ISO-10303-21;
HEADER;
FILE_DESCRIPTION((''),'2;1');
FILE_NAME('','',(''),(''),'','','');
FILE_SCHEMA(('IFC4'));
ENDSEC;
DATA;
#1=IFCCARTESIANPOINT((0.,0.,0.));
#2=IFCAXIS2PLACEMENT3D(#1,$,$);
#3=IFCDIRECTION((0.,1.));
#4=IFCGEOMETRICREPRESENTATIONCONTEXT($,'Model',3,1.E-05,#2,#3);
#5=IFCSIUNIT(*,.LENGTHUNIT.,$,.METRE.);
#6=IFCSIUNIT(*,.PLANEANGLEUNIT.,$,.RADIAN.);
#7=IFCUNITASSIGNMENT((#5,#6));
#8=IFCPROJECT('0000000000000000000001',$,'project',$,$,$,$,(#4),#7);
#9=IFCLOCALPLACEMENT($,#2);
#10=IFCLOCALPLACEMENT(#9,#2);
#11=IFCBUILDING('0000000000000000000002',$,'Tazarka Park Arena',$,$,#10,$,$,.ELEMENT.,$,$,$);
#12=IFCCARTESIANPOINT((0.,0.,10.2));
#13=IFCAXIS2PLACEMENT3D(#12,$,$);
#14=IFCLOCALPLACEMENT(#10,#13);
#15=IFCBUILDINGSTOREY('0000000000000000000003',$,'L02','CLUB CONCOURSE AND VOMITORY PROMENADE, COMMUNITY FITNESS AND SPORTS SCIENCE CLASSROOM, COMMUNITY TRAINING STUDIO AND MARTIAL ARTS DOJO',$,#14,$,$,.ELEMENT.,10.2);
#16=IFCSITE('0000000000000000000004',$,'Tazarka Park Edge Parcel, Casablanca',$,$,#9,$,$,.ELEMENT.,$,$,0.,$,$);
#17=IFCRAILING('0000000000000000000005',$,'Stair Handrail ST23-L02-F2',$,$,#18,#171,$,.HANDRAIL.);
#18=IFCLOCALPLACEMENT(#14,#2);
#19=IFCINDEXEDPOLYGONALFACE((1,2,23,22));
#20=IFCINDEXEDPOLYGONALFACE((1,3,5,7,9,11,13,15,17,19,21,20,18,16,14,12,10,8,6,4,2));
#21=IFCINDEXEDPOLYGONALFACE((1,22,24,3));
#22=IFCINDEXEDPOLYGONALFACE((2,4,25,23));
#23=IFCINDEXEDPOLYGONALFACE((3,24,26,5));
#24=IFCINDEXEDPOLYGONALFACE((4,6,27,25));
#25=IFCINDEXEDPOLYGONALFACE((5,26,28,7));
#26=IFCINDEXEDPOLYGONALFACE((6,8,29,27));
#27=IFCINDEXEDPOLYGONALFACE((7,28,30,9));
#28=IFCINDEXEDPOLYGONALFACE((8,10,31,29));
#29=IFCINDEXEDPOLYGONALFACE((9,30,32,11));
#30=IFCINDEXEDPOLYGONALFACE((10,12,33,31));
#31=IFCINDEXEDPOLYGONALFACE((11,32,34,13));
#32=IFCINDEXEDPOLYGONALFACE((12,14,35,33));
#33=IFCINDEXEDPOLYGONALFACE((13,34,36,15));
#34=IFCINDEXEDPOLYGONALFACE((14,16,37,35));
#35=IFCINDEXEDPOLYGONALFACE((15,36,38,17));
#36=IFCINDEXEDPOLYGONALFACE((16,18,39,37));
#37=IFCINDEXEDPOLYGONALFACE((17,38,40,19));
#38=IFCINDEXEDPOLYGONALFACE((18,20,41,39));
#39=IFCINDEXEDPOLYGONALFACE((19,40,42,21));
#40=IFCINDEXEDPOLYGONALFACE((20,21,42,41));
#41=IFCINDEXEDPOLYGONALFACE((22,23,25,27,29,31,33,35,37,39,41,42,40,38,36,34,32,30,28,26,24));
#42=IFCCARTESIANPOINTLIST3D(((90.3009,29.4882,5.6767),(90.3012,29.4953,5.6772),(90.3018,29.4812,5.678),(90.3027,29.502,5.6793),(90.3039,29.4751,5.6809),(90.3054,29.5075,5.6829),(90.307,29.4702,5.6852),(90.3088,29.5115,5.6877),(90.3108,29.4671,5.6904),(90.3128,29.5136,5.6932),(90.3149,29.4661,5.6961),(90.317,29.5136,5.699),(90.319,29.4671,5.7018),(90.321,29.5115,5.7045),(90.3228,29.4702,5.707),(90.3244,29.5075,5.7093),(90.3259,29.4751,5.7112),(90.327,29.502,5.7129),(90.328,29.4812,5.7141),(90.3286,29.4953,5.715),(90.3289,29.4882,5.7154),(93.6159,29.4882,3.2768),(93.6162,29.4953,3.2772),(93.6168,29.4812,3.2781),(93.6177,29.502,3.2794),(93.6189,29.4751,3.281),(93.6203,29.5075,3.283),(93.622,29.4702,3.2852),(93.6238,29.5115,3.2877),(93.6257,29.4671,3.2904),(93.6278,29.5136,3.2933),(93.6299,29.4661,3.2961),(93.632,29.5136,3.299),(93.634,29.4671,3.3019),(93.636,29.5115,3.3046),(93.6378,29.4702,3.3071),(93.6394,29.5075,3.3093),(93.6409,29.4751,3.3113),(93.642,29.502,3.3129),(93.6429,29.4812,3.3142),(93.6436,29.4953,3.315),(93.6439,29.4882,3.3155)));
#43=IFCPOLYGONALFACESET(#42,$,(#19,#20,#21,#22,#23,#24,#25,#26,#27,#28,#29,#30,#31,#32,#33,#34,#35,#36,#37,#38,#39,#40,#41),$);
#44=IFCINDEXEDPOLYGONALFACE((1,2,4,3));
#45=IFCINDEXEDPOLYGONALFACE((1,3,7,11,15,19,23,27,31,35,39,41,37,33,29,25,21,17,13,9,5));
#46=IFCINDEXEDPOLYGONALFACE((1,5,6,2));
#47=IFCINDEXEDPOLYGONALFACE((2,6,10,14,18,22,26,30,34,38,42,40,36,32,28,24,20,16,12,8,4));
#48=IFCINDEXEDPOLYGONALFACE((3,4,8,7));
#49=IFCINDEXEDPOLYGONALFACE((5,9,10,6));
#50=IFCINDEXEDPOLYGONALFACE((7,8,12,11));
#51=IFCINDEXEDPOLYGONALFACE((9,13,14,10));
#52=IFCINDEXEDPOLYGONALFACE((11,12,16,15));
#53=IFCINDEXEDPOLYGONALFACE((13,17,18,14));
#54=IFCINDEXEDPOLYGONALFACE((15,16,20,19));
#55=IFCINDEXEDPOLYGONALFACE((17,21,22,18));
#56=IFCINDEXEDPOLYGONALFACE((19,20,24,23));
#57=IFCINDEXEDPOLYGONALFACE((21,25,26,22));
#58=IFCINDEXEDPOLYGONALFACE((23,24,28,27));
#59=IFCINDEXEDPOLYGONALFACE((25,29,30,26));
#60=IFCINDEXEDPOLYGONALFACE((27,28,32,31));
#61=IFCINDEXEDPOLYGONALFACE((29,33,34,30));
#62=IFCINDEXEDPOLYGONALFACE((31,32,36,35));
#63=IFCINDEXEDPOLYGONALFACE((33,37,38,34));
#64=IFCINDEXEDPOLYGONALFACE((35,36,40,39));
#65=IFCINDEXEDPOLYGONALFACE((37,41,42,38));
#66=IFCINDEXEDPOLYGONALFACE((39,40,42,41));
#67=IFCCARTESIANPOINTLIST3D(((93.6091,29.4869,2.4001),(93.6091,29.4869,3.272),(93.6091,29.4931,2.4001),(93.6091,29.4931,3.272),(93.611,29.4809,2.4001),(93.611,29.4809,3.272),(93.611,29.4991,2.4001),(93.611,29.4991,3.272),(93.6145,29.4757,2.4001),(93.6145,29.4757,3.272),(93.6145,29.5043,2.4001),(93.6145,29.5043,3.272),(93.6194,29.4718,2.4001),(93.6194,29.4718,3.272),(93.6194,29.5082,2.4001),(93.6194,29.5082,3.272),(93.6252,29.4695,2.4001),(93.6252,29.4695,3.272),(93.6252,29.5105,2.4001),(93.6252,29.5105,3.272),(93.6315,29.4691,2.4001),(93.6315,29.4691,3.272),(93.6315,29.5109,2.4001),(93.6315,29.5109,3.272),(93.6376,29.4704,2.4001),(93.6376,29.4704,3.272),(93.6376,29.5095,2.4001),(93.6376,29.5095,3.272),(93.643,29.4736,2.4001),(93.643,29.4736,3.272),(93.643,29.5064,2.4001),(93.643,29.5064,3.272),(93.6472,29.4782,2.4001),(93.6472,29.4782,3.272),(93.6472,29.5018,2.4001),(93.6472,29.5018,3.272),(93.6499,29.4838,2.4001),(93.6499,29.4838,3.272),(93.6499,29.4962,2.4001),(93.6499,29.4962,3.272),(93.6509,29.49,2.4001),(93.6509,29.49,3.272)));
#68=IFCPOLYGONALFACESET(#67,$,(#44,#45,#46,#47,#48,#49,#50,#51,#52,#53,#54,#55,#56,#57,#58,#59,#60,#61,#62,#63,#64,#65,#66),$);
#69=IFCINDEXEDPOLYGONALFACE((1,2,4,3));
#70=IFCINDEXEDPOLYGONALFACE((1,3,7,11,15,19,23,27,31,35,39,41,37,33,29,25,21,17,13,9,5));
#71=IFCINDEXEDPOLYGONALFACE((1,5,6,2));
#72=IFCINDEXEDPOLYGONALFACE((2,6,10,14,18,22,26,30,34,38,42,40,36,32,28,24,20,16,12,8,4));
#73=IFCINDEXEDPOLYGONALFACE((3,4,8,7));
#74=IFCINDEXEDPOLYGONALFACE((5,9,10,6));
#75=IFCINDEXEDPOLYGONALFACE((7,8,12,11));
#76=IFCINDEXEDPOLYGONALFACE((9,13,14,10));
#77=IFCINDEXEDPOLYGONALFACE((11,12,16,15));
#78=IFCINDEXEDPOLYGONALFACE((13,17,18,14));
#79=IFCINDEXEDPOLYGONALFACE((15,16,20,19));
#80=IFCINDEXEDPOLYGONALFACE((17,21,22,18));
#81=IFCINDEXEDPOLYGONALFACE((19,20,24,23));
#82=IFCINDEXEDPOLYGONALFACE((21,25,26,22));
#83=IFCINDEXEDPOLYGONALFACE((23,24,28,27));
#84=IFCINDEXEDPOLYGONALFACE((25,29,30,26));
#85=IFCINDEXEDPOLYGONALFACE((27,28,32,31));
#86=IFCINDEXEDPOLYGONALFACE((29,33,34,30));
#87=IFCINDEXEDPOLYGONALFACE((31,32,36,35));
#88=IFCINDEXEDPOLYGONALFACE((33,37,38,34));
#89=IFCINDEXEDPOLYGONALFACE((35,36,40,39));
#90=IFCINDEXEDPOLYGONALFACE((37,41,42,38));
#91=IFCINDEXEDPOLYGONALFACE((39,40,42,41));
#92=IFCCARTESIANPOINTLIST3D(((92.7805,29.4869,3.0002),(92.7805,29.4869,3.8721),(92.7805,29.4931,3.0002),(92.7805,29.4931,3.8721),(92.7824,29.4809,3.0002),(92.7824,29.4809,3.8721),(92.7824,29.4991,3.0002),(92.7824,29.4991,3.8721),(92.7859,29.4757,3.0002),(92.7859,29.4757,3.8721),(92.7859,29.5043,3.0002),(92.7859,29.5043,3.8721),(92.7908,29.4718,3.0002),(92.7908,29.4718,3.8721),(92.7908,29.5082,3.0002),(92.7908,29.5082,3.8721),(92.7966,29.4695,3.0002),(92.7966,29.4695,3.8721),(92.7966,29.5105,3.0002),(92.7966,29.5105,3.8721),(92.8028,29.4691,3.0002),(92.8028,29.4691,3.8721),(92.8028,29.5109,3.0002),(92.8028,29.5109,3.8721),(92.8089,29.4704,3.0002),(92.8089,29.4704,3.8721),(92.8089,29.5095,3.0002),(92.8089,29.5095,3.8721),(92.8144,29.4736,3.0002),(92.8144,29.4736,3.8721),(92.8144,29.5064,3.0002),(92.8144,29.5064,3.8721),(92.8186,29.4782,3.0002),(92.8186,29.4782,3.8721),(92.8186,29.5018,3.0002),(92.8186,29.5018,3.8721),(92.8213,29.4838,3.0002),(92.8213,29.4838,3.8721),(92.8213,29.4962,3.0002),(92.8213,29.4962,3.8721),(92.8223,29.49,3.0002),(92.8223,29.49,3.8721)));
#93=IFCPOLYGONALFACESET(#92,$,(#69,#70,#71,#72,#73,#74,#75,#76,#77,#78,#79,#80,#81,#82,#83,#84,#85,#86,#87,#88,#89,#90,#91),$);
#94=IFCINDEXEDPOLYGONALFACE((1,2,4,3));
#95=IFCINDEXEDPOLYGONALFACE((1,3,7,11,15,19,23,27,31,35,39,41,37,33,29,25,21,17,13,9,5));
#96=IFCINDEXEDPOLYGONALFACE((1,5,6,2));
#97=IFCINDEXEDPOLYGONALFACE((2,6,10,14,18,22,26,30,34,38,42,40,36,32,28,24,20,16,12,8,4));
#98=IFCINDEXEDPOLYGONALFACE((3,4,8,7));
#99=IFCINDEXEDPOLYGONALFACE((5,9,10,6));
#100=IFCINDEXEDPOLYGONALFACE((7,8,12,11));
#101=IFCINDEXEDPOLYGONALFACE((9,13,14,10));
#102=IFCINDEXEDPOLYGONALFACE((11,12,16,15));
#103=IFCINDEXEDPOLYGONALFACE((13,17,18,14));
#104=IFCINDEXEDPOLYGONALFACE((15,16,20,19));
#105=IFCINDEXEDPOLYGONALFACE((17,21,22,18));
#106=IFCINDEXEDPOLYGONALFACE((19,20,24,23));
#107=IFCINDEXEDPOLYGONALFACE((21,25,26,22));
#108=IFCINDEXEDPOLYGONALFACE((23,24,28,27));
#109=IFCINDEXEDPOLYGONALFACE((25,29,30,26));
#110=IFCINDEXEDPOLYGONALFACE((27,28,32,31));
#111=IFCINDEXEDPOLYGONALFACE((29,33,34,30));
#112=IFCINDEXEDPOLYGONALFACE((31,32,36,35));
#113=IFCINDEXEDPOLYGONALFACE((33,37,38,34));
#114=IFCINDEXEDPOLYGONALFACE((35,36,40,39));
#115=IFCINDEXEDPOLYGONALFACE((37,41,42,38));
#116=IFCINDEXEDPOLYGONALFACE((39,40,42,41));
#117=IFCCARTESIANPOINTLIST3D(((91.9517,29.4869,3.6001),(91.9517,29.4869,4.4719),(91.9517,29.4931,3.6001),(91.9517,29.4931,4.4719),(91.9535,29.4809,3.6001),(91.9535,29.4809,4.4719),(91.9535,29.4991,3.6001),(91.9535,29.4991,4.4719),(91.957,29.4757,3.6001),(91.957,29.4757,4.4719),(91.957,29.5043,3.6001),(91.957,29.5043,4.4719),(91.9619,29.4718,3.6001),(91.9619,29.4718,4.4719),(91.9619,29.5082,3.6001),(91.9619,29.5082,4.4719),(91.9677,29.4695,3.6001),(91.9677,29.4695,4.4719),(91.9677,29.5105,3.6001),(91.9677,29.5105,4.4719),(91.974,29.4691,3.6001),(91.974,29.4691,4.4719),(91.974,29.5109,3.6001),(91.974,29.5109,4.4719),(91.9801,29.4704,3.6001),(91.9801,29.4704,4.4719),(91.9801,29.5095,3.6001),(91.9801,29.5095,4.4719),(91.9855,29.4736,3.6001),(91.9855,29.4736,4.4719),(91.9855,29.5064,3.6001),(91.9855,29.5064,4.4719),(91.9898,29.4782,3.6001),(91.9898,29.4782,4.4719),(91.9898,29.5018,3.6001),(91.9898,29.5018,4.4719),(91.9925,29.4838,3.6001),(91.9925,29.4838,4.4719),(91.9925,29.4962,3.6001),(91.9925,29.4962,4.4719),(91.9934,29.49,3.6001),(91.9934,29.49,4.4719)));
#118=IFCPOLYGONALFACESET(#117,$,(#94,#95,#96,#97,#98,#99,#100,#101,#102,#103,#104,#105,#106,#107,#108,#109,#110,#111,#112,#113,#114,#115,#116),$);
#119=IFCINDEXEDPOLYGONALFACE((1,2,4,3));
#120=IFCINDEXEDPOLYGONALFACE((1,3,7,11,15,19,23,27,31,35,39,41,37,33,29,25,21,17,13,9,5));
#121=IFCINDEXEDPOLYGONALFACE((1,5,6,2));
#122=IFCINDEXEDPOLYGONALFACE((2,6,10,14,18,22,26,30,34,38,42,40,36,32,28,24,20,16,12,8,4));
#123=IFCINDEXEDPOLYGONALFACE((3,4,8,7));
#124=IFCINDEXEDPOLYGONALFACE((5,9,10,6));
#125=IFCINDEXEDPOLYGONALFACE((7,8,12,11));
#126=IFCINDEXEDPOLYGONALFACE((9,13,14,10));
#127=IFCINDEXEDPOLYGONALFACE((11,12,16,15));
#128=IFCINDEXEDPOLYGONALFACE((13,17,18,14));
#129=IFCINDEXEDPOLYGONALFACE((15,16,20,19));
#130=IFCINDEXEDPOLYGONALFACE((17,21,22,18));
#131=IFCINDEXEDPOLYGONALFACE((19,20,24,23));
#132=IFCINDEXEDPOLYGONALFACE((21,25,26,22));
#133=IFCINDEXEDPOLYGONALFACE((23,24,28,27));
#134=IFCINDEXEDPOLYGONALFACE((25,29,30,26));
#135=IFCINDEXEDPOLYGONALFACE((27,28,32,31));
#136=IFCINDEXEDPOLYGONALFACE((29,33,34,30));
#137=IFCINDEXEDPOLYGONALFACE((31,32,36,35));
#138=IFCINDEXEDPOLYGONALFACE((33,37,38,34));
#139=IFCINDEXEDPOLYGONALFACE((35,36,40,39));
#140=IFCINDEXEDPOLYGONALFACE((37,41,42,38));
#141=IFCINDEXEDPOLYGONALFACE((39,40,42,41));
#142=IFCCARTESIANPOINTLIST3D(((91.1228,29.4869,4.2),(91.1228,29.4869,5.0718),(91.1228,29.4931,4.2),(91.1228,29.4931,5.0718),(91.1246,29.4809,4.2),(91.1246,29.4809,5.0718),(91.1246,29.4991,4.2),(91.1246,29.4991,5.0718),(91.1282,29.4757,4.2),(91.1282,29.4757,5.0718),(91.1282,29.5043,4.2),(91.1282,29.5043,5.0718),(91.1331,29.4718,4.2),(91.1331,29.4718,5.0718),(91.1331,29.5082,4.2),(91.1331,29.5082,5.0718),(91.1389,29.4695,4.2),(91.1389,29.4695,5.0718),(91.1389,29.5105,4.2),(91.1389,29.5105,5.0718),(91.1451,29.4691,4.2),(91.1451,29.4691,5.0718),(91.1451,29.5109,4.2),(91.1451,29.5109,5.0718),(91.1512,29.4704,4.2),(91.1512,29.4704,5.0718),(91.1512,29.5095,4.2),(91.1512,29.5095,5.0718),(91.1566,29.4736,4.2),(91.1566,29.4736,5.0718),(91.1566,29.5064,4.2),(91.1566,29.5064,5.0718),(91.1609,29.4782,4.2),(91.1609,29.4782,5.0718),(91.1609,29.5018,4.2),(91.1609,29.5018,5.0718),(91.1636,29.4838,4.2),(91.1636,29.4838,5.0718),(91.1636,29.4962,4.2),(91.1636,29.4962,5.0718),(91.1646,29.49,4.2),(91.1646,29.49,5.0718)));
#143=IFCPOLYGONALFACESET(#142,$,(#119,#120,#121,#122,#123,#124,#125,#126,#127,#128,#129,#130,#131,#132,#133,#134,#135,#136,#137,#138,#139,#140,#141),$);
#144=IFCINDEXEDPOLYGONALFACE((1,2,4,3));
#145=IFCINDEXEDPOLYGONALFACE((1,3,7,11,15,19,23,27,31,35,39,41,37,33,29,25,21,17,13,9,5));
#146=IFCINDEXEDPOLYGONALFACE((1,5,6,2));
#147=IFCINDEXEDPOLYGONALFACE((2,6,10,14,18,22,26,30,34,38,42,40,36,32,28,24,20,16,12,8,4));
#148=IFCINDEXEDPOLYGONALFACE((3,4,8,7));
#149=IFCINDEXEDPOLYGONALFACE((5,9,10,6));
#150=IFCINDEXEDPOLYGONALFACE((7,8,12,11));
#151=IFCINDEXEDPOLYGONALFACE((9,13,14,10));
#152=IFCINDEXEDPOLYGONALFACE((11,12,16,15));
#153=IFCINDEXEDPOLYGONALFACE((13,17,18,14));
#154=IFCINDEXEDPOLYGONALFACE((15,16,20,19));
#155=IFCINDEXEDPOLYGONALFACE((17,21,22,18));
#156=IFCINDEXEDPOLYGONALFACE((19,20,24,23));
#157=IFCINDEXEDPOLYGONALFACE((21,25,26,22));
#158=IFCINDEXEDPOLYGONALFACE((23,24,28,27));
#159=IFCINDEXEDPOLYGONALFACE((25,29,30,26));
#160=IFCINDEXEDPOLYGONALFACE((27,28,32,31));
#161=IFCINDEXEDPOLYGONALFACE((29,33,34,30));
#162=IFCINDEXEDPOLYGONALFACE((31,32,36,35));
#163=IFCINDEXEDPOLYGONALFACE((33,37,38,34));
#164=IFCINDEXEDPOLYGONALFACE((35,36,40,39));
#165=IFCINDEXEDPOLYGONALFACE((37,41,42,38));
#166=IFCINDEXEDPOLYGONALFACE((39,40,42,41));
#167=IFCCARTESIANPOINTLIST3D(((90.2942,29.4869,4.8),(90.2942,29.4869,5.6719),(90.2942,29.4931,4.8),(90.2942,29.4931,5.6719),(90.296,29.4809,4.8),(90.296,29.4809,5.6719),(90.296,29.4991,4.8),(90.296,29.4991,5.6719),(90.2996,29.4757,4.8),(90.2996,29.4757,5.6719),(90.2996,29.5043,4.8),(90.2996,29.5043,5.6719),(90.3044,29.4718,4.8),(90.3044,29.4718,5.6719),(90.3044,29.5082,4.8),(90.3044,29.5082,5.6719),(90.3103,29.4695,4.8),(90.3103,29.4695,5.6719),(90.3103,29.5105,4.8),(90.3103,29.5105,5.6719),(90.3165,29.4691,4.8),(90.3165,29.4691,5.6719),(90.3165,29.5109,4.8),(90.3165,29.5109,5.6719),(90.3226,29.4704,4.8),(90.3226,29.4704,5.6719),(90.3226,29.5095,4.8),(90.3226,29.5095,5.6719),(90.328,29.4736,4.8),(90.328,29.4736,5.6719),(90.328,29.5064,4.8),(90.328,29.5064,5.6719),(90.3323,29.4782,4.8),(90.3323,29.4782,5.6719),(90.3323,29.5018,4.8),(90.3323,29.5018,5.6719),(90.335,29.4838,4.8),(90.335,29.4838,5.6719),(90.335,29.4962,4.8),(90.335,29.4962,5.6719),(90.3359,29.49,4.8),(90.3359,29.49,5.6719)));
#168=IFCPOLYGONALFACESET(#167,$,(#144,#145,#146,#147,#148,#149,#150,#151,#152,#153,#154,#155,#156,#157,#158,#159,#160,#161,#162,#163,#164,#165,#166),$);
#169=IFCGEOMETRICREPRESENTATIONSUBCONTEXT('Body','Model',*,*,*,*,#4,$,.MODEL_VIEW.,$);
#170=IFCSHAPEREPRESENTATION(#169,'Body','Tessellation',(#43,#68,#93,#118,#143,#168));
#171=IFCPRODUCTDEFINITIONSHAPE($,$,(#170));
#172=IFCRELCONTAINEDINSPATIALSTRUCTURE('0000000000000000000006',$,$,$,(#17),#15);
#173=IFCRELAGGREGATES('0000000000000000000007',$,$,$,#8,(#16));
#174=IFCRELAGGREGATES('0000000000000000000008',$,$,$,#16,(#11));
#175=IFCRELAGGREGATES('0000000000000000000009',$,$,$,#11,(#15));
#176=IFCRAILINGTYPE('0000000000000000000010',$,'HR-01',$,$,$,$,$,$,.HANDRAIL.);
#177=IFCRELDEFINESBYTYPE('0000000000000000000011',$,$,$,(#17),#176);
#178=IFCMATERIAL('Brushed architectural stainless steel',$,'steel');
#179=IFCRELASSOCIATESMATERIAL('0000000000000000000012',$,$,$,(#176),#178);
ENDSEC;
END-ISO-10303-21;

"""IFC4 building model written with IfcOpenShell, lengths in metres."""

from ifc_helpers import new_model, si_unit, direction, frame, origin, origin_2d, place, context, subcontext, project, spatial, circle, extrude, material, type_object, element, save


model = new_model("IFC4")

# Units and contexts
model_context = context("Model", 3, precision=1e-05, world=origin(), true_north=direction((0.0, 1.0)))
body_context = subcontext(model_context, "Body", "Model", "MODEL_VIEW")
ifc_project = project(units=[si_unit("LENGTHUNIT", "METRE"), si_unit("PLANEANGLEUNIT", "RADIAN")], contexts=[model_context])

# Site, building, storey
site_placement = place(None, origin())
site = spatial("IfcSite", under=ifc_project, at=site_placement, Name="Tazarka Park Edge Parcel, Casablanca", CompositionType="ELEMENT", RefElevation=0.0)
building_placement = place(site_placement, origin())
building = spatial("IfcBuilding", under=site, at=building_placement, Name="Tazarka Park Arena", CompositionType="ELEMENT")
storey_placement = place(building_placement, frame((0.0, 0.0, 10.2)))
storey = spatial("IfcBuildingStorey", under=building, at=storey_placement, Name="L02", Description="CLUB CONCOURSE AND VOMITORY PROMENADE, COMMUNITY FITNESS AND SPORTS SCIENCE CLASSROOM, COMMUNITY TRAINING STUDIO AND MARTIAL ARTS DOJO", CompositionType="ELEMENT", Elevation=10.2)

# Railing
ifc_material_1 = material(Name="Brushed architectural stainless steel", Category="steel")
railing_type_1 = type_object("IfcRailingType", Name="HR-01", PredefinedType="HANDRAIL", material=ifc_material_1)
railing_1_placement = place(storey_placement, frame((93.6299, 29.49, 2.4001)))
element("IfcRailing", 1, at=railing_1_placement, inside=storey, type_object=railing_type_1, Name="Stair Handrail ST23-L02-F2", PredefinedType="HANDRAIL", context=body_context, shape_type="SweptSolid", body=[
    extrude(circle(Radius=0.0239, at=origin_2d()), frame((0.0, 0.0, 0.896), z_axis=(-0.810009, 0.0, 0.586418), x_axis=(0.0, -1.0, 0.0)), (0.0, 0.0, 1.0), 4.0925),
    extrude(circle(Radius=0.021, at=origin_2d()), origin(), (0.0, 0.0, 1.0), 0.8718),
    extrude(circle(Radius=0.021, at=origin_2d()), frame((-0.8286, 0.0, 0.6001)), (0.0, 0.0, 1.0), 0.8718),
    extrude(circle(Radius=0.021, at=origin_2d()), frame((-1.6575, 0.0, 1.2)), (0.0, 0.0, 1.0), 0.8718),
    extrude(circle(Radius=0.021, at=origin_2d()), frame((-2.4863, 0.0, 1.7998)), (0.0, 0.0, 1.0), 0.8718),
    extrude(circle(Radius=0.021, at=origin_2d()), frame((-3.3149, 0.0, 2.3999)), (0.0, 0.0, 1.0), 0.8718),
])

save(model, "model.ifc")
